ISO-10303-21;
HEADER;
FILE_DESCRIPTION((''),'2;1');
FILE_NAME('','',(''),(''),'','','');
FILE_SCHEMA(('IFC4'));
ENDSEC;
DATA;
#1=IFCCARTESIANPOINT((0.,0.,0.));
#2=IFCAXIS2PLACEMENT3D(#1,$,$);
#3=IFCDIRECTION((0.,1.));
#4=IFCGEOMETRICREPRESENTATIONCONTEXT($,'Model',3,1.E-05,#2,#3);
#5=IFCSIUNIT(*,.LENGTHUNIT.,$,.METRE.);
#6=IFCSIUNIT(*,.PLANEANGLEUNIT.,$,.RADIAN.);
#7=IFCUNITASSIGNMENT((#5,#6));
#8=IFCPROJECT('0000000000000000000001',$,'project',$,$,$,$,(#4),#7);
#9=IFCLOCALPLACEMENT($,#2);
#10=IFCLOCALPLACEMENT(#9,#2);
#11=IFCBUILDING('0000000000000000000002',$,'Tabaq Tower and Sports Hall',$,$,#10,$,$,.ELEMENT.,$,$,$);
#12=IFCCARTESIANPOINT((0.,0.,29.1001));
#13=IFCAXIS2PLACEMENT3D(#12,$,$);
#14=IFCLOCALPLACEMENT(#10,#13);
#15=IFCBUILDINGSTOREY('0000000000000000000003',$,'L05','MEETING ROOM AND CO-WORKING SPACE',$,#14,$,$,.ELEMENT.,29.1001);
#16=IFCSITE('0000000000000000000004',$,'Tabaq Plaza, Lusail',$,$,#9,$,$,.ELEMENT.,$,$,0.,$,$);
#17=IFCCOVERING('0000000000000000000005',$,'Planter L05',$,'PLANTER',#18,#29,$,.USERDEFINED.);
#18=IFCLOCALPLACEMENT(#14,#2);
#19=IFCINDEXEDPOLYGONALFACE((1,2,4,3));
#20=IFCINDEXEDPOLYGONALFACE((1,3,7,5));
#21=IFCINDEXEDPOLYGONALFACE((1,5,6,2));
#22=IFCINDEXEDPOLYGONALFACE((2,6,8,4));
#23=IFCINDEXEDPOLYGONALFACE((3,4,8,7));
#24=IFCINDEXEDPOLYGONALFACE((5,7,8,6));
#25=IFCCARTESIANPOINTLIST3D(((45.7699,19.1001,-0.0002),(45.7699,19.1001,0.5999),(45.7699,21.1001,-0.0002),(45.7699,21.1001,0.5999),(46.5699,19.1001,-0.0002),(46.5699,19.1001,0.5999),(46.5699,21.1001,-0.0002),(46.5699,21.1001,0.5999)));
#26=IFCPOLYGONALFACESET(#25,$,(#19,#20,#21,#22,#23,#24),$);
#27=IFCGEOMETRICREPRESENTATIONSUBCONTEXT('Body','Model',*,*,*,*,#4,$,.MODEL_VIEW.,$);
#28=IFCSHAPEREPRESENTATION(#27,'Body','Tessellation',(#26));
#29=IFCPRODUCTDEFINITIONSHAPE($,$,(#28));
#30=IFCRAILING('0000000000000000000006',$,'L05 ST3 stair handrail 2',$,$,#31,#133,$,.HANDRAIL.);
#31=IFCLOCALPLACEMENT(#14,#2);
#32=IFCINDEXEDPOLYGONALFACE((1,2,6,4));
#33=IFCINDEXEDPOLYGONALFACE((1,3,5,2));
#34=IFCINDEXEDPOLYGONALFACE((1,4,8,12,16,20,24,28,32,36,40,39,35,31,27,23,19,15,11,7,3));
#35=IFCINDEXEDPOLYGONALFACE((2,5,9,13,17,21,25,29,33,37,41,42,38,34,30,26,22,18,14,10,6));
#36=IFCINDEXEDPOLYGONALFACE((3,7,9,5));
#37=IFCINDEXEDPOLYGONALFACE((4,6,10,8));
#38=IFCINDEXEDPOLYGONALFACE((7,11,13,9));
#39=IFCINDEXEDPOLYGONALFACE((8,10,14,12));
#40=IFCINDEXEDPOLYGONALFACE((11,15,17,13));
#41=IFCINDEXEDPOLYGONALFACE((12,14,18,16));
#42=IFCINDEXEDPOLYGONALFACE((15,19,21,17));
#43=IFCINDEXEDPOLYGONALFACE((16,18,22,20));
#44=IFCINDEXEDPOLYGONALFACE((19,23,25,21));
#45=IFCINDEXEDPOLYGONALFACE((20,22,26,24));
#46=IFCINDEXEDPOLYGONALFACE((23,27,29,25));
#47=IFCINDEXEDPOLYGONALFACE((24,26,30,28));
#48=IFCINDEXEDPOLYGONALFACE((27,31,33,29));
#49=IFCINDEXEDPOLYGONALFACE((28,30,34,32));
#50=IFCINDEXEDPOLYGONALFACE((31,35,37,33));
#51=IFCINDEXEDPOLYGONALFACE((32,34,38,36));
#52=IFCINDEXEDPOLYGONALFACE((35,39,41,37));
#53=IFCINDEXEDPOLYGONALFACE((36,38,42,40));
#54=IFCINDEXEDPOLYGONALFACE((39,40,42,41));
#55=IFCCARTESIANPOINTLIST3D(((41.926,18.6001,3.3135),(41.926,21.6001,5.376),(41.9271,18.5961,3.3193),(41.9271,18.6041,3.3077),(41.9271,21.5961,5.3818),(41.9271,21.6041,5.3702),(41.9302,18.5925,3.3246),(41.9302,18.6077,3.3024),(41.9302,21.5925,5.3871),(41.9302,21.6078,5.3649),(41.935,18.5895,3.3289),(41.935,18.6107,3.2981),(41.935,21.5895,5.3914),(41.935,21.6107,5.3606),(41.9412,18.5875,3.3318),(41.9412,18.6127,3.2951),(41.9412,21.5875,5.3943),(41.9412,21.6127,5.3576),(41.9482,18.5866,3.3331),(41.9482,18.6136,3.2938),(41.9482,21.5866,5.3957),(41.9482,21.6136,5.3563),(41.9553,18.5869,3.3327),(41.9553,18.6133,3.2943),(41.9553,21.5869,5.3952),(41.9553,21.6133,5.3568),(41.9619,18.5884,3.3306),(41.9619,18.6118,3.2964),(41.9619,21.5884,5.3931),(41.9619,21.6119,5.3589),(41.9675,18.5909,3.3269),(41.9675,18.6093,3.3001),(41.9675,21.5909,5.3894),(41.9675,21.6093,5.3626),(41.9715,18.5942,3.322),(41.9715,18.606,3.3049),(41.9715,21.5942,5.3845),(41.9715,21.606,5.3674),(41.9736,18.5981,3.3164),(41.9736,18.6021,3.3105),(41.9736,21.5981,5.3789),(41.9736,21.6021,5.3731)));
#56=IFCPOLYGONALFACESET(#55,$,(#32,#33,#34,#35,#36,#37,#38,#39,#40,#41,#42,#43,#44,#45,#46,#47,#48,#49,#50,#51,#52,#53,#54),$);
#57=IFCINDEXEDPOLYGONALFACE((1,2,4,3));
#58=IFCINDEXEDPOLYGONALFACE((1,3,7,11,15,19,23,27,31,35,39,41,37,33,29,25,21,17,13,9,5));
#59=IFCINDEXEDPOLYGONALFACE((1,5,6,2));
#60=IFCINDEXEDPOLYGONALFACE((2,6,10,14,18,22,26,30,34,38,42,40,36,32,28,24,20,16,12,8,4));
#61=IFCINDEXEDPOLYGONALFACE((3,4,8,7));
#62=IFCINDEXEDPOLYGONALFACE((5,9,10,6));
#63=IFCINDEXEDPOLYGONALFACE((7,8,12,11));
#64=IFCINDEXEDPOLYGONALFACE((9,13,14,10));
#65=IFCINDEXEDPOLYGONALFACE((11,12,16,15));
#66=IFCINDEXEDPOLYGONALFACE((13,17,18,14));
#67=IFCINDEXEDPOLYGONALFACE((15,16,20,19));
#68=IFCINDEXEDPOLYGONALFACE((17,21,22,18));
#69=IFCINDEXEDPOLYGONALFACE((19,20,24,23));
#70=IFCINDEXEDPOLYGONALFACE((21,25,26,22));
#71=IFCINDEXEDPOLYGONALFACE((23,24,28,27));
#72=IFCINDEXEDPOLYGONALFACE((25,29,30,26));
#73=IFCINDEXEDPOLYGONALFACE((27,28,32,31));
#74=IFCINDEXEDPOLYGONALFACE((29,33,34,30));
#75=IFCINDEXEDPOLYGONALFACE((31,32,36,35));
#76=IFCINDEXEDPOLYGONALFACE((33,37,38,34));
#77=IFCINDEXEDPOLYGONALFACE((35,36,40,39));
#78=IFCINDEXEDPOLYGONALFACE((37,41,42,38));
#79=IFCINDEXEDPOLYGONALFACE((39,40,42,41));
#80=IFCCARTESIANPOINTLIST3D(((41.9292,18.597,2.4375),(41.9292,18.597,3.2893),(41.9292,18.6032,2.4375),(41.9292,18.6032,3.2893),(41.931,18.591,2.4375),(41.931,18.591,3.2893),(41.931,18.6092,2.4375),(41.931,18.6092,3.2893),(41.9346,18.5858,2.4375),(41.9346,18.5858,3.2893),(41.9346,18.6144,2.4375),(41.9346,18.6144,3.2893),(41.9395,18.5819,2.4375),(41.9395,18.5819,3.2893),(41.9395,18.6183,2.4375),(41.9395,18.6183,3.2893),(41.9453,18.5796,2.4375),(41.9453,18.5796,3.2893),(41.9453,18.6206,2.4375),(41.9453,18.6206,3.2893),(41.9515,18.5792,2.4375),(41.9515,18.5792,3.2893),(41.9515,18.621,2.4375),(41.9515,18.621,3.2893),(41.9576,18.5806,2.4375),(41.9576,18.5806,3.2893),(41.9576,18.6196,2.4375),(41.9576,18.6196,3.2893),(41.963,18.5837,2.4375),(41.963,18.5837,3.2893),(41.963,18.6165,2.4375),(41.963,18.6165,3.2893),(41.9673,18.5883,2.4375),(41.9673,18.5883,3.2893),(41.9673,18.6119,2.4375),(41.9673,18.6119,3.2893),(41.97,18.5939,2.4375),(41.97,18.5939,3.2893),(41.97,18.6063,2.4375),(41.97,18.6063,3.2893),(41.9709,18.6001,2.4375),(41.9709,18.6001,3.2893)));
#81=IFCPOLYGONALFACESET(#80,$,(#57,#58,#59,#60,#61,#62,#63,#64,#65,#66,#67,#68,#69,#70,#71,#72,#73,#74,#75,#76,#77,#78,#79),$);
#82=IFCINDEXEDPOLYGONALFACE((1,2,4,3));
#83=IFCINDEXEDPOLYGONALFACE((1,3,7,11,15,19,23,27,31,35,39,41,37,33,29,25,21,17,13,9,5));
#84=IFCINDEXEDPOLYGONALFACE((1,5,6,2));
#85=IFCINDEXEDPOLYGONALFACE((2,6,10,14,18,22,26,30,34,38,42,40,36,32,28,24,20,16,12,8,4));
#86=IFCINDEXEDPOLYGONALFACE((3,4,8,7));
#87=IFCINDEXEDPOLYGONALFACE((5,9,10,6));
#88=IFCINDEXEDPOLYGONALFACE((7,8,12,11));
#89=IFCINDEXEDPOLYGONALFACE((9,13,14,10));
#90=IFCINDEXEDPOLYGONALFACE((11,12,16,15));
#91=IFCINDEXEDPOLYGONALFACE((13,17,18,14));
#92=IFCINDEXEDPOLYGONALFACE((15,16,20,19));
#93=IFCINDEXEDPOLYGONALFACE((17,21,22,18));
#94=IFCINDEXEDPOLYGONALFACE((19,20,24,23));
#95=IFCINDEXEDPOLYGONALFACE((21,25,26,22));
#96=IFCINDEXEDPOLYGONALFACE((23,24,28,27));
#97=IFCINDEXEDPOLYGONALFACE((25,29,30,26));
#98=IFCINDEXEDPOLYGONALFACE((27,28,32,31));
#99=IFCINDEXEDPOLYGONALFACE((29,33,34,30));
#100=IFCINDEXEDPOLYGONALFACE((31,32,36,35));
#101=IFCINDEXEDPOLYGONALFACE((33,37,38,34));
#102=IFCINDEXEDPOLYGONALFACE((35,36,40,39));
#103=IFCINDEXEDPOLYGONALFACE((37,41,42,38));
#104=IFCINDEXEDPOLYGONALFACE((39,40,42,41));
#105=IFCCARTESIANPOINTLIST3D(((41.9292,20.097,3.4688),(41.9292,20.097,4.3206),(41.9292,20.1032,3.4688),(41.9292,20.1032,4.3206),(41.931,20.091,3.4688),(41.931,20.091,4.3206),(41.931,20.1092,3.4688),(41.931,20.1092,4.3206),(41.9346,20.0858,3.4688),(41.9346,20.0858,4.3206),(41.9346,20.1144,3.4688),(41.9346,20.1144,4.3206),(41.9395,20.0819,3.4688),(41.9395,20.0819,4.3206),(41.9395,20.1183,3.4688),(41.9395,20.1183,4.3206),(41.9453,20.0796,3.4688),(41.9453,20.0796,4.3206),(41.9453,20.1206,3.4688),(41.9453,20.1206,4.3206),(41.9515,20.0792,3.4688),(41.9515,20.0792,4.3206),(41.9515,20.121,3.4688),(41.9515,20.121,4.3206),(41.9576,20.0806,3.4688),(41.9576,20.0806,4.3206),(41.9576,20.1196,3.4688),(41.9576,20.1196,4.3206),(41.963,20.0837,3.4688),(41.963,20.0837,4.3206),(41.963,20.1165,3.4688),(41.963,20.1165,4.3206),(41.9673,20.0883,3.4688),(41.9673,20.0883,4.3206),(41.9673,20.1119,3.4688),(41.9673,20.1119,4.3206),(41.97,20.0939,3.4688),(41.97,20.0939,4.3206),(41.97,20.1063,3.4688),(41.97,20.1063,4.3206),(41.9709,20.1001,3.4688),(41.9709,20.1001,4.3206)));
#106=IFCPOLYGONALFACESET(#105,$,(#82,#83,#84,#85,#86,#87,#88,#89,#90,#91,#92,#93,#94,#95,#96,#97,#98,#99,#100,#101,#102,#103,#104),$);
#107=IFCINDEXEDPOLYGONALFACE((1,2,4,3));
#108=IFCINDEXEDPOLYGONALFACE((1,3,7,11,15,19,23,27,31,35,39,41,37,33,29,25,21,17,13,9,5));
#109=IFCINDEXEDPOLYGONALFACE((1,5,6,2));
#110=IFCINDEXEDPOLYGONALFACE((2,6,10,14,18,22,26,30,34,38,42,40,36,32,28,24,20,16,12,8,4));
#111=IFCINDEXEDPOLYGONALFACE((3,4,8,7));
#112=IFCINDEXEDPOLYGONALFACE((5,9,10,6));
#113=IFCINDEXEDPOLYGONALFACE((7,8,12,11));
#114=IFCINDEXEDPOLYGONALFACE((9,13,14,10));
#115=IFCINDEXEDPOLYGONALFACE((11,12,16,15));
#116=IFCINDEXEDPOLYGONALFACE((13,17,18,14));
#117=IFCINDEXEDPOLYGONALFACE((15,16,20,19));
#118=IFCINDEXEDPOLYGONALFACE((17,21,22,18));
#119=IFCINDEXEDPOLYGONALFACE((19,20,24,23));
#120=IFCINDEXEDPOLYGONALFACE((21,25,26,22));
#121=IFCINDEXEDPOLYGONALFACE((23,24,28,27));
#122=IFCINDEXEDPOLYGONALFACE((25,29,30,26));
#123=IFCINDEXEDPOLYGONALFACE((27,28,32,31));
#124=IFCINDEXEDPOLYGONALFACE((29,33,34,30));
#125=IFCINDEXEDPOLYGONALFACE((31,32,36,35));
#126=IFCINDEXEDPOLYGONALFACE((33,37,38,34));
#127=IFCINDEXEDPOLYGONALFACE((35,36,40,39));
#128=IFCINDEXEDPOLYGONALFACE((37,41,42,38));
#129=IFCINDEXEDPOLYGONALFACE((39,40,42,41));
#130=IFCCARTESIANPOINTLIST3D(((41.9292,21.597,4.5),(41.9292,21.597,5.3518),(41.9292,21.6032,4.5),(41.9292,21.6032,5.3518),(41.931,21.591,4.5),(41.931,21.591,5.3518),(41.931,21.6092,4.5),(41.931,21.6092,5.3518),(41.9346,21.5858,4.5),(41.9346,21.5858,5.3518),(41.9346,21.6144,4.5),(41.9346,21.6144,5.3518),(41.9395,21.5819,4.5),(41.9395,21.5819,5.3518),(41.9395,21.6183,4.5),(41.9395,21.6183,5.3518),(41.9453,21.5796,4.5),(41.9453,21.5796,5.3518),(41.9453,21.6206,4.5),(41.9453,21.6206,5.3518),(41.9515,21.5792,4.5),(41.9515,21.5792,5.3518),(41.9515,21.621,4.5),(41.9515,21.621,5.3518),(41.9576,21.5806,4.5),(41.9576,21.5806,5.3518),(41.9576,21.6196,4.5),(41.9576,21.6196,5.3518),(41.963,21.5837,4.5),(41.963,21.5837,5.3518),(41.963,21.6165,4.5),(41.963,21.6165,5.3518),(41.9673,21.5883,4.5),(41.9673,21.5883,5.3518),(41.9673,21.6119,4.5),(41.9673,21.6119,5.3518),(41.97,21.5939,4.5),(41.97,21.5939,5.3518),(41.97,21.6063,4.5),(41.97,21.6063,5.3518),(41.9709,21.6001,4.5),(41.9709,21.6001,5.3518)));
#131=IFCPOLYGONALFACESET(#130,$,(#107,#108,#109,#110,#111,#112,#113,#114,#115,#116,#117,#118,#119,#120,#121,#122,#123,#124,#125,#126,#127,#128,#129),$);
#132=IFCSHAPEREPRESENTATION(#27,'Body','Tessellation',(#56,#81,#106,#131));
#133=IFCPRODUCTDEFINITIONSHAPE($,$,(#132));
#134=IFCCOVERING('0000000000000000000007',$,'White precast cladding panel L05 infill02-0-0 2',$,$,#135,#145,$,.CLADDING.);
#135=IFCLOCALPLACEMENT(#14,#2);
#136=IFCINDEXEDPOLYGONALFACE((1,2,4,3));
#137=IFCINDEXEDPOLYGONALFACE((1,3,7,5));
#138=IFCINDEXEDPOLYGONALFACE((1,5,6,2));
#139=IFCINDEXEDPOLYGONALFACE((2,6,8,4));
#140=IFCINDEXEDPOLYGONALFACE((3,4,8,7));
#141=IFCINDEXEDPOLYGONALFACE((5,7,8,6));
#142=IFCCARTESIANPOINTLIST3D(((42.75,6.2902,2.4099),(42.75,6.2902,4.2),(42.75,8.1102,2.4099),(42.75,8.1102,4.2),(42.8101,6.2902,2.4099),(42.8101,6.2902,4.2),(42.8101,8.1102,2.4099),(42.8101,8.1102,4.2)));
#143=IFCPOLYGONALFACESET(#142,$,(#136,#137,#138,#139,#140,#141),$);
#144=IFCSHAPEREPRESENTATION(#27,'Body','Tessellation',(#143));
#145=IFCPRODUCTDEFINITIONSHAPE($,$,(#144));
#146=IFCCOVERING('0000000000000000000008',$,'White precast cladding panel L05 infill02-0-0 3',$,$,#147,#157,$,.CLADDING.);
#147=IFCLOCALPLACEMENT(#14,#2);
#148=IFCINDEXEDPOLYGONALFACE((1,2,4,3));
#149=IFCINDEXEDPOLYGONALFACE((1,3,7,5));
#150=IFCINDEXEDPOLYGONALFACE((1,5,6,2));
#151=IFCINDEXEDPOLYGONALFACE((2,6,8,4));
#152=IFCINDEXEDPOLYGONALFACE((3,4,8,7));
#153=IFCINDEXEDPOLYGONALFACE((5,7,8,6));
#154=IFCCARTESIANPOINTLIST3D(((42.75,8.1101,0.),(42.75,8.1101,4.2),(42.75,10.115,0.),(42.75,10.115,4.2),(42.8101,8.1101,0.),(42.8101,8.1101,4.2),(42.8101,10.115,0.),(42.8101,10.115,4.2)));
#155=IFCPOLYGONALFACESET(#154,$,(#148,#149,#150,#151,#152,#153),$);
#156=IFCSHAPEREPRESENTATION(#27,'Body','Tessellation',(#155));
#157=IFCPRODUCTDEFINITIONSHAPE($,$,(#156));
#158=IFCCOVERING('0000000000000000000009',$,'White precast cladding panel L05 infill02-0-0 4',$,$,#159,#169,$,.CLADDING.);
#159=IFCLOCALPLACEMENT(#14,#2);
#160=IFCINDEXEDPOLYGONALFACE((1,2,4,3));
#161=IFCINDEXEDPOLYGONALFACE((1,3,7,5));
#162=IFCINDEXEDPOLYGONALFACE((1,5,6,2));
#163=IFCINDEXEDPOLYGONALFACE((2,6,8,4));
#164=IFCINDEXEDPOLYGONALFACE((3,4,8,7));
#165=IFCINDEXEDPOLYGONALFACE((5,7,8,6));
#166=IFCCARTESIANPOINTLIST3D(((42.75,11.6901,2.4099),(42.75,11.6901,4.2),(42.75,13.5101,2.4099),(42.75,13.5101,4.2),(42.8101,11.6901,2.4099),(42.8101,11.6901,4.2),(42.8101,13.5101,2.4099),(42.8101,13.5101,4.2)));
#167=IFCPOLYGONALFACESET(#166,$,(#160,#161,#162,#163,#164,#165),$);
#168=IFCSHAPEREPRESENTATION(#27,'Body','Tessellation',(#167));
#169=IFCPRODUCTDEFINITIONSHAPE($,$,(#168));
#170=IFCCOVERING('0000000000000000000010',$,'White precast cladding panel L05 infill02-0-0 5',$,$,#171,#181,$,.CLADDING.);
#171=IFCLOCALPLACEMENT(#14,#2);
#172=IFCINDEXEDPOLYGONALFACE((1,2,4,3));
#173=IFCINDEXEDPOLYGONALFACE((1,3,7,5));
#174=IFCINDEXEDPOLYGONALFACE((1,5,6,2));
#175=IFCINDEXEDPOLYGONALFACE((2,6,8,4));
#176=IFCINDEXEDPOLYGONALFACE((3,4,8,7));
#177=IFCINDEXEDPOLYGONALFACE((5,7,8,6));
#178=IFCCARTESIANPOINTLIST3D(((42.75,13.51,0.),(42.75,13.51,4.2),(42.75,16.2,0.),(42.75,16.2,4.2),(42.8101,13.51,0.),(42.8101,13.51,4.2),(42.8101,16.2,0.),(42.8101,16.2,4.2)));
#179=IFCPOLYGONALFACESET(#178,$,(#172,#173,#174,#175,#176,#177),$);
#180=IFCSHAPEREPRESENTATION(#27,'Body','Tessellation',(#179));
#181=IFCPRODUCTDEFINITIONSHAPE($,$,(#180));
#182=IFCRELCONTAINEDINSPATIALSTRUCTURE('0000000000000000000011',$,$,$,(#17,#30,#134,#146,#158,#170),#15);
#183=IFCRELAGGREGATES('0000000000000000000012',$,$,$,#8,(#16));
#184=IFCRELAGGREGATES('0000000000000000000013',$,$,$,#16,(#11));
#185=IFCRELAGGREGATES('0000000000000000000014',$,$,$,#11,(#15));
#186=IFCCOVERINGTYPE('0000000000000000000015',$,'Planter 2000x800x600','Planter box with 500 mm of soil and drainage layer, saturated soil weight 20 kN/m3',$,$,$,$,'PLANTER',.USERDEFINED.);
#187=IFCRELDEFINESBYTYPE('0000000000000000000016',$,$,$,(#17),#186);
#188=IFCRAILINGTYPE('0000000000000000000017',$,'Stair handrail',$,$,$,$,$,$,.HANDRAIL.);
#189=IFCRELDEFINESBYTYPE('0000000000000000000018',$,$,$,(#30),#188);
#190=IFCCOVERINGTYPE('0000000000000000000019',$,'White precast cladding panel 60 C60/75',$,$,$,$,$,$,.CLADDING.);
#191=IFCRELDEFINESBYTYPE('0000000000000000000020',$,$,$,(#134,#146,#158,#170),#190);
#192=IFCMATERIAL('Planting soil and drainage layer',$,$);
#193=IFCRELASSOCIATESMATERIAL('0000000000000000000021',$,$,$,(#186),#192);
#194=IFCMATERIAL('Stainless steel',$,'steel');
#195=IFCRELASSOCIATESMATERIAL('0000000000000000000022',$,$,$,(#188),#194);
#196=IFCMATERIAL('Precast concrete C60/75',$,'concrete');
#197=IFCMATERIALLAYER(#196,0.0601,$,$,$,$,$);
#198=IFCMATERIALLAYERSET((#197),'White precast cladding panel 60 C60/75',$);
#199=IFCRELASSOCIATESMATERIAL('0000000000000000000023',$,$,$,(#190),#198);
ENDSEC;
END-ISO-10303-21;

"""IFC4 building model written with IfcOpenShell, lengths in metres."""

from ifc_helpers import new_model, si_unit, direction, frame, frame_2d, origin, origin_2d, place, context, subcontext, project, spatial, rectangle, circle, extrude, material, layer, layer_set, type_object, element, save


model = new_model("IFC4")

# Units and contexts
model_context = context("Model", 3, precision=1e-05, world=origin(), true_north=direction((0.0, 1.0)))
body_context = subcontext(model_context, "Body", "Model", "MODEL_VIEW")
ifc_project = project(units=[si_unit("LENGTHUNIT", "METRE"), si_unit("PLANEANGLEUNIT", "RADIAN")], contexts=[model_context])

# Site, building, storey
site_placement = place(None, origin())
site = spatial("IfcSite", under=ifc_project, at=site_placement, Name="Tabaq Plaza, Lusail", CompositionType="ELEMENT", RefElevation=0.0)
building_placement = place(site_placement, origin())
building = spatial("IfcBuilding", under=site, at=building_placement, Name="Tabaq Tower and Sports Hall", CompositionType="ELEMENT")
storey_placement = place(building_placement, frame((0.0, 0.0, 29.1001)))
storey = spatial("IfcBuildingStorey", under=building, at=storey_placement, Name="L05", Description="MEETING ROOM AND CO-WORKING SPACE", CompositionType="ELEMENT", Elevation=29.1001)

# Covering
ifc_material_1 = material(Name="Planting soil and drainage layer")
covering_type_1 = type_object("IfcCoveringType", Name="Planter 2000x800x600", Description="Planter box with 500 mm of soil and drainage layer, saturated soil weight 20 kN/m3", ElementType="PLANTER", PredefinedType="USERDEFINED", material=ifc_material_1)
for number, where, z_axis, x_axis, name in (
    (1, (46.1699, 20.1001, -0.0002), (0.0, 0.0, 1.0), (0.0, 1.0, 0.0), "Planter L05"),
):
    element("IfcCovering", number, at=place(storey_placement, frame(where, z_axis=z_axis, x_axis=x_axis)), inside=storey, type_object=covering_type_1, Name=name, ObjectType="PLANTER", PredefinedType="USERDEFINED", context=body_context, shape_type="SweptSolid", body=[
        extrude(rectangle(XDim=2.0, YDim=0.8, at=origin_2d()), origin(), (0.0, 0.0, 1.0), 0.6001),
    ])

# Railing
ifc_material_2 = material(Name="Stainless steel", Category="steel")
railing_type = type_object("IfcRailingType", Name="Stair handrail", PredefinedType="HANDRAIL", material=ifc_material_2)
railing_placement = place(storey_placement, frame((41.95, 18.6001, 2.4375)))
element("IfcRailing", 2, at=railing_placement, inside=storey, type_object=railing_type, Name="L05 ST3 stair handrail 2", PredefinedType="HANDRAIL", context=body_context, shape_type="SweptSolid", body=[
    extrude(circle(Radius=0.0239, at=origin_2d()), frame((0.0, 0.0, 0.876), z_axis=(0.0, 0.824042, 0.566529), x_axis=(-1.0, 0.0, 0.0)), (0.0, 0.0, 1.0), 3.6406),
    extrude(circle(Radius=0.021, at=origin_2d()), origin(), (0.0, 0.0, 1.0), 0.8518),
    extrude(circle(Radius=0.021, at=origin_2d()), frame((0.0, 1.5, 1.0312)), (0.0, 0.0, 1.0), 0.8518),
    extrude(circle(Radius=0.021, at=origin_2d()), frame((0.0, 3.0, 2.0625)), (0.0, 0.0, 1.0), 0.8518),
])

# Coverings
ifc_material_3 = material(Name="Precast concrete C60/75", Category="concrete")
ifc_layer_1 = layer(ifc_material_3, 0.0601)
ifc_layer_set_1 = layer_set([ifc_layer_1], Name="White precast cladding panel 60 C60/75")
covering_type_2 = type_object("IfcCoveringType", Name="White precast cladding panel 60 C60/75", PredefinedType="CLADDING", material=ifc_layer_set_1)
covering_1_placement = place(storey_placement, frame((42.78, 6.29, 2.4099), z_axis=(0.0, 0.0, 1.0), x_axis=(0.0, 1.0, 0.0)))
element("IfcCovering", 3, at=covering_1_placement, inside=storey, type_object=covering_type_2, Name="White precast cladding panel L05 infill02-0-0 2", PredefinedType="CLADDING", context=body_context, shape_type="SweptSolid", body=[
    extrude(rectangle(XDim=1.8201, YDim=0.0601, at=frame_2d((0.9102, 0.0))), origin(), (0.0, 0.0, 1.0), 1.79),
])
covering_2_placement = place(storey_placement, frame((42.78, 8.1101, 0.0), z_axis=(0.0, 0.0, 1.0), x_axis=(0.0, 1.0, 0.0)))
element("IfcCovering", 4, at=covering_2_placement, inside=storey, type_object=covering_type_2, Name="White precast cladding panel L05 infill02-0-0 3", PredefinedType="CLADDING", context=body_context, shape_type="SweptSolid", body=[
    extrude(rectangle(XDim=2.0049, YDim=0.0601, at=frame_2d((1.0024, 0.0))), origin(), (0.0, 0.0, 1.0), 4.2),
])
covering_3_placement = place(storey_placement, frame((42.78, 11.6899, 2.4099), z_axis=(0.0, 0.0, 1.0), x_axis=(0.0, 1.0, 0.0)))
element("IfcCovering", 5, at=covering_3_placement, inside=storey, type_object=covering_type_2, Name="White precast cladding panel L05 infill02-0-0 4", PredefinedType="CLADDING", context=body_context, shape_type="SweptSolid", body=[
    extrude(rectangle(XDim=1.8201, YDim=0.0601, at=frame_2d((0.9102, 0.0))), origin(), (0.0, 0.0, 1.0), 1.79),
])
covering_4_placement = place(storey_placement, frame((42.78, 13.51, 0.0), z_axis=(0.0, 0.0, 1.0), x_axis=(0.0, 1.0, 0.0)))
element("IfcCovering", 6, at=covering_4_placement, inside=storey, type_object=covering_type_2, Name="White precast cladding panel L05 infill02-0-0 5", PredefinedType="CLADDING", context=body_context, shape_type="SweptSolid", body=[
    extrude(rectangle(XDim=2.6899, YDim=0.0601, at=frame_2d((1.345, 0.0))), origin(), (0.0, 0.0, 1.0), 4.2),
])

save(model, "model.ifc")
